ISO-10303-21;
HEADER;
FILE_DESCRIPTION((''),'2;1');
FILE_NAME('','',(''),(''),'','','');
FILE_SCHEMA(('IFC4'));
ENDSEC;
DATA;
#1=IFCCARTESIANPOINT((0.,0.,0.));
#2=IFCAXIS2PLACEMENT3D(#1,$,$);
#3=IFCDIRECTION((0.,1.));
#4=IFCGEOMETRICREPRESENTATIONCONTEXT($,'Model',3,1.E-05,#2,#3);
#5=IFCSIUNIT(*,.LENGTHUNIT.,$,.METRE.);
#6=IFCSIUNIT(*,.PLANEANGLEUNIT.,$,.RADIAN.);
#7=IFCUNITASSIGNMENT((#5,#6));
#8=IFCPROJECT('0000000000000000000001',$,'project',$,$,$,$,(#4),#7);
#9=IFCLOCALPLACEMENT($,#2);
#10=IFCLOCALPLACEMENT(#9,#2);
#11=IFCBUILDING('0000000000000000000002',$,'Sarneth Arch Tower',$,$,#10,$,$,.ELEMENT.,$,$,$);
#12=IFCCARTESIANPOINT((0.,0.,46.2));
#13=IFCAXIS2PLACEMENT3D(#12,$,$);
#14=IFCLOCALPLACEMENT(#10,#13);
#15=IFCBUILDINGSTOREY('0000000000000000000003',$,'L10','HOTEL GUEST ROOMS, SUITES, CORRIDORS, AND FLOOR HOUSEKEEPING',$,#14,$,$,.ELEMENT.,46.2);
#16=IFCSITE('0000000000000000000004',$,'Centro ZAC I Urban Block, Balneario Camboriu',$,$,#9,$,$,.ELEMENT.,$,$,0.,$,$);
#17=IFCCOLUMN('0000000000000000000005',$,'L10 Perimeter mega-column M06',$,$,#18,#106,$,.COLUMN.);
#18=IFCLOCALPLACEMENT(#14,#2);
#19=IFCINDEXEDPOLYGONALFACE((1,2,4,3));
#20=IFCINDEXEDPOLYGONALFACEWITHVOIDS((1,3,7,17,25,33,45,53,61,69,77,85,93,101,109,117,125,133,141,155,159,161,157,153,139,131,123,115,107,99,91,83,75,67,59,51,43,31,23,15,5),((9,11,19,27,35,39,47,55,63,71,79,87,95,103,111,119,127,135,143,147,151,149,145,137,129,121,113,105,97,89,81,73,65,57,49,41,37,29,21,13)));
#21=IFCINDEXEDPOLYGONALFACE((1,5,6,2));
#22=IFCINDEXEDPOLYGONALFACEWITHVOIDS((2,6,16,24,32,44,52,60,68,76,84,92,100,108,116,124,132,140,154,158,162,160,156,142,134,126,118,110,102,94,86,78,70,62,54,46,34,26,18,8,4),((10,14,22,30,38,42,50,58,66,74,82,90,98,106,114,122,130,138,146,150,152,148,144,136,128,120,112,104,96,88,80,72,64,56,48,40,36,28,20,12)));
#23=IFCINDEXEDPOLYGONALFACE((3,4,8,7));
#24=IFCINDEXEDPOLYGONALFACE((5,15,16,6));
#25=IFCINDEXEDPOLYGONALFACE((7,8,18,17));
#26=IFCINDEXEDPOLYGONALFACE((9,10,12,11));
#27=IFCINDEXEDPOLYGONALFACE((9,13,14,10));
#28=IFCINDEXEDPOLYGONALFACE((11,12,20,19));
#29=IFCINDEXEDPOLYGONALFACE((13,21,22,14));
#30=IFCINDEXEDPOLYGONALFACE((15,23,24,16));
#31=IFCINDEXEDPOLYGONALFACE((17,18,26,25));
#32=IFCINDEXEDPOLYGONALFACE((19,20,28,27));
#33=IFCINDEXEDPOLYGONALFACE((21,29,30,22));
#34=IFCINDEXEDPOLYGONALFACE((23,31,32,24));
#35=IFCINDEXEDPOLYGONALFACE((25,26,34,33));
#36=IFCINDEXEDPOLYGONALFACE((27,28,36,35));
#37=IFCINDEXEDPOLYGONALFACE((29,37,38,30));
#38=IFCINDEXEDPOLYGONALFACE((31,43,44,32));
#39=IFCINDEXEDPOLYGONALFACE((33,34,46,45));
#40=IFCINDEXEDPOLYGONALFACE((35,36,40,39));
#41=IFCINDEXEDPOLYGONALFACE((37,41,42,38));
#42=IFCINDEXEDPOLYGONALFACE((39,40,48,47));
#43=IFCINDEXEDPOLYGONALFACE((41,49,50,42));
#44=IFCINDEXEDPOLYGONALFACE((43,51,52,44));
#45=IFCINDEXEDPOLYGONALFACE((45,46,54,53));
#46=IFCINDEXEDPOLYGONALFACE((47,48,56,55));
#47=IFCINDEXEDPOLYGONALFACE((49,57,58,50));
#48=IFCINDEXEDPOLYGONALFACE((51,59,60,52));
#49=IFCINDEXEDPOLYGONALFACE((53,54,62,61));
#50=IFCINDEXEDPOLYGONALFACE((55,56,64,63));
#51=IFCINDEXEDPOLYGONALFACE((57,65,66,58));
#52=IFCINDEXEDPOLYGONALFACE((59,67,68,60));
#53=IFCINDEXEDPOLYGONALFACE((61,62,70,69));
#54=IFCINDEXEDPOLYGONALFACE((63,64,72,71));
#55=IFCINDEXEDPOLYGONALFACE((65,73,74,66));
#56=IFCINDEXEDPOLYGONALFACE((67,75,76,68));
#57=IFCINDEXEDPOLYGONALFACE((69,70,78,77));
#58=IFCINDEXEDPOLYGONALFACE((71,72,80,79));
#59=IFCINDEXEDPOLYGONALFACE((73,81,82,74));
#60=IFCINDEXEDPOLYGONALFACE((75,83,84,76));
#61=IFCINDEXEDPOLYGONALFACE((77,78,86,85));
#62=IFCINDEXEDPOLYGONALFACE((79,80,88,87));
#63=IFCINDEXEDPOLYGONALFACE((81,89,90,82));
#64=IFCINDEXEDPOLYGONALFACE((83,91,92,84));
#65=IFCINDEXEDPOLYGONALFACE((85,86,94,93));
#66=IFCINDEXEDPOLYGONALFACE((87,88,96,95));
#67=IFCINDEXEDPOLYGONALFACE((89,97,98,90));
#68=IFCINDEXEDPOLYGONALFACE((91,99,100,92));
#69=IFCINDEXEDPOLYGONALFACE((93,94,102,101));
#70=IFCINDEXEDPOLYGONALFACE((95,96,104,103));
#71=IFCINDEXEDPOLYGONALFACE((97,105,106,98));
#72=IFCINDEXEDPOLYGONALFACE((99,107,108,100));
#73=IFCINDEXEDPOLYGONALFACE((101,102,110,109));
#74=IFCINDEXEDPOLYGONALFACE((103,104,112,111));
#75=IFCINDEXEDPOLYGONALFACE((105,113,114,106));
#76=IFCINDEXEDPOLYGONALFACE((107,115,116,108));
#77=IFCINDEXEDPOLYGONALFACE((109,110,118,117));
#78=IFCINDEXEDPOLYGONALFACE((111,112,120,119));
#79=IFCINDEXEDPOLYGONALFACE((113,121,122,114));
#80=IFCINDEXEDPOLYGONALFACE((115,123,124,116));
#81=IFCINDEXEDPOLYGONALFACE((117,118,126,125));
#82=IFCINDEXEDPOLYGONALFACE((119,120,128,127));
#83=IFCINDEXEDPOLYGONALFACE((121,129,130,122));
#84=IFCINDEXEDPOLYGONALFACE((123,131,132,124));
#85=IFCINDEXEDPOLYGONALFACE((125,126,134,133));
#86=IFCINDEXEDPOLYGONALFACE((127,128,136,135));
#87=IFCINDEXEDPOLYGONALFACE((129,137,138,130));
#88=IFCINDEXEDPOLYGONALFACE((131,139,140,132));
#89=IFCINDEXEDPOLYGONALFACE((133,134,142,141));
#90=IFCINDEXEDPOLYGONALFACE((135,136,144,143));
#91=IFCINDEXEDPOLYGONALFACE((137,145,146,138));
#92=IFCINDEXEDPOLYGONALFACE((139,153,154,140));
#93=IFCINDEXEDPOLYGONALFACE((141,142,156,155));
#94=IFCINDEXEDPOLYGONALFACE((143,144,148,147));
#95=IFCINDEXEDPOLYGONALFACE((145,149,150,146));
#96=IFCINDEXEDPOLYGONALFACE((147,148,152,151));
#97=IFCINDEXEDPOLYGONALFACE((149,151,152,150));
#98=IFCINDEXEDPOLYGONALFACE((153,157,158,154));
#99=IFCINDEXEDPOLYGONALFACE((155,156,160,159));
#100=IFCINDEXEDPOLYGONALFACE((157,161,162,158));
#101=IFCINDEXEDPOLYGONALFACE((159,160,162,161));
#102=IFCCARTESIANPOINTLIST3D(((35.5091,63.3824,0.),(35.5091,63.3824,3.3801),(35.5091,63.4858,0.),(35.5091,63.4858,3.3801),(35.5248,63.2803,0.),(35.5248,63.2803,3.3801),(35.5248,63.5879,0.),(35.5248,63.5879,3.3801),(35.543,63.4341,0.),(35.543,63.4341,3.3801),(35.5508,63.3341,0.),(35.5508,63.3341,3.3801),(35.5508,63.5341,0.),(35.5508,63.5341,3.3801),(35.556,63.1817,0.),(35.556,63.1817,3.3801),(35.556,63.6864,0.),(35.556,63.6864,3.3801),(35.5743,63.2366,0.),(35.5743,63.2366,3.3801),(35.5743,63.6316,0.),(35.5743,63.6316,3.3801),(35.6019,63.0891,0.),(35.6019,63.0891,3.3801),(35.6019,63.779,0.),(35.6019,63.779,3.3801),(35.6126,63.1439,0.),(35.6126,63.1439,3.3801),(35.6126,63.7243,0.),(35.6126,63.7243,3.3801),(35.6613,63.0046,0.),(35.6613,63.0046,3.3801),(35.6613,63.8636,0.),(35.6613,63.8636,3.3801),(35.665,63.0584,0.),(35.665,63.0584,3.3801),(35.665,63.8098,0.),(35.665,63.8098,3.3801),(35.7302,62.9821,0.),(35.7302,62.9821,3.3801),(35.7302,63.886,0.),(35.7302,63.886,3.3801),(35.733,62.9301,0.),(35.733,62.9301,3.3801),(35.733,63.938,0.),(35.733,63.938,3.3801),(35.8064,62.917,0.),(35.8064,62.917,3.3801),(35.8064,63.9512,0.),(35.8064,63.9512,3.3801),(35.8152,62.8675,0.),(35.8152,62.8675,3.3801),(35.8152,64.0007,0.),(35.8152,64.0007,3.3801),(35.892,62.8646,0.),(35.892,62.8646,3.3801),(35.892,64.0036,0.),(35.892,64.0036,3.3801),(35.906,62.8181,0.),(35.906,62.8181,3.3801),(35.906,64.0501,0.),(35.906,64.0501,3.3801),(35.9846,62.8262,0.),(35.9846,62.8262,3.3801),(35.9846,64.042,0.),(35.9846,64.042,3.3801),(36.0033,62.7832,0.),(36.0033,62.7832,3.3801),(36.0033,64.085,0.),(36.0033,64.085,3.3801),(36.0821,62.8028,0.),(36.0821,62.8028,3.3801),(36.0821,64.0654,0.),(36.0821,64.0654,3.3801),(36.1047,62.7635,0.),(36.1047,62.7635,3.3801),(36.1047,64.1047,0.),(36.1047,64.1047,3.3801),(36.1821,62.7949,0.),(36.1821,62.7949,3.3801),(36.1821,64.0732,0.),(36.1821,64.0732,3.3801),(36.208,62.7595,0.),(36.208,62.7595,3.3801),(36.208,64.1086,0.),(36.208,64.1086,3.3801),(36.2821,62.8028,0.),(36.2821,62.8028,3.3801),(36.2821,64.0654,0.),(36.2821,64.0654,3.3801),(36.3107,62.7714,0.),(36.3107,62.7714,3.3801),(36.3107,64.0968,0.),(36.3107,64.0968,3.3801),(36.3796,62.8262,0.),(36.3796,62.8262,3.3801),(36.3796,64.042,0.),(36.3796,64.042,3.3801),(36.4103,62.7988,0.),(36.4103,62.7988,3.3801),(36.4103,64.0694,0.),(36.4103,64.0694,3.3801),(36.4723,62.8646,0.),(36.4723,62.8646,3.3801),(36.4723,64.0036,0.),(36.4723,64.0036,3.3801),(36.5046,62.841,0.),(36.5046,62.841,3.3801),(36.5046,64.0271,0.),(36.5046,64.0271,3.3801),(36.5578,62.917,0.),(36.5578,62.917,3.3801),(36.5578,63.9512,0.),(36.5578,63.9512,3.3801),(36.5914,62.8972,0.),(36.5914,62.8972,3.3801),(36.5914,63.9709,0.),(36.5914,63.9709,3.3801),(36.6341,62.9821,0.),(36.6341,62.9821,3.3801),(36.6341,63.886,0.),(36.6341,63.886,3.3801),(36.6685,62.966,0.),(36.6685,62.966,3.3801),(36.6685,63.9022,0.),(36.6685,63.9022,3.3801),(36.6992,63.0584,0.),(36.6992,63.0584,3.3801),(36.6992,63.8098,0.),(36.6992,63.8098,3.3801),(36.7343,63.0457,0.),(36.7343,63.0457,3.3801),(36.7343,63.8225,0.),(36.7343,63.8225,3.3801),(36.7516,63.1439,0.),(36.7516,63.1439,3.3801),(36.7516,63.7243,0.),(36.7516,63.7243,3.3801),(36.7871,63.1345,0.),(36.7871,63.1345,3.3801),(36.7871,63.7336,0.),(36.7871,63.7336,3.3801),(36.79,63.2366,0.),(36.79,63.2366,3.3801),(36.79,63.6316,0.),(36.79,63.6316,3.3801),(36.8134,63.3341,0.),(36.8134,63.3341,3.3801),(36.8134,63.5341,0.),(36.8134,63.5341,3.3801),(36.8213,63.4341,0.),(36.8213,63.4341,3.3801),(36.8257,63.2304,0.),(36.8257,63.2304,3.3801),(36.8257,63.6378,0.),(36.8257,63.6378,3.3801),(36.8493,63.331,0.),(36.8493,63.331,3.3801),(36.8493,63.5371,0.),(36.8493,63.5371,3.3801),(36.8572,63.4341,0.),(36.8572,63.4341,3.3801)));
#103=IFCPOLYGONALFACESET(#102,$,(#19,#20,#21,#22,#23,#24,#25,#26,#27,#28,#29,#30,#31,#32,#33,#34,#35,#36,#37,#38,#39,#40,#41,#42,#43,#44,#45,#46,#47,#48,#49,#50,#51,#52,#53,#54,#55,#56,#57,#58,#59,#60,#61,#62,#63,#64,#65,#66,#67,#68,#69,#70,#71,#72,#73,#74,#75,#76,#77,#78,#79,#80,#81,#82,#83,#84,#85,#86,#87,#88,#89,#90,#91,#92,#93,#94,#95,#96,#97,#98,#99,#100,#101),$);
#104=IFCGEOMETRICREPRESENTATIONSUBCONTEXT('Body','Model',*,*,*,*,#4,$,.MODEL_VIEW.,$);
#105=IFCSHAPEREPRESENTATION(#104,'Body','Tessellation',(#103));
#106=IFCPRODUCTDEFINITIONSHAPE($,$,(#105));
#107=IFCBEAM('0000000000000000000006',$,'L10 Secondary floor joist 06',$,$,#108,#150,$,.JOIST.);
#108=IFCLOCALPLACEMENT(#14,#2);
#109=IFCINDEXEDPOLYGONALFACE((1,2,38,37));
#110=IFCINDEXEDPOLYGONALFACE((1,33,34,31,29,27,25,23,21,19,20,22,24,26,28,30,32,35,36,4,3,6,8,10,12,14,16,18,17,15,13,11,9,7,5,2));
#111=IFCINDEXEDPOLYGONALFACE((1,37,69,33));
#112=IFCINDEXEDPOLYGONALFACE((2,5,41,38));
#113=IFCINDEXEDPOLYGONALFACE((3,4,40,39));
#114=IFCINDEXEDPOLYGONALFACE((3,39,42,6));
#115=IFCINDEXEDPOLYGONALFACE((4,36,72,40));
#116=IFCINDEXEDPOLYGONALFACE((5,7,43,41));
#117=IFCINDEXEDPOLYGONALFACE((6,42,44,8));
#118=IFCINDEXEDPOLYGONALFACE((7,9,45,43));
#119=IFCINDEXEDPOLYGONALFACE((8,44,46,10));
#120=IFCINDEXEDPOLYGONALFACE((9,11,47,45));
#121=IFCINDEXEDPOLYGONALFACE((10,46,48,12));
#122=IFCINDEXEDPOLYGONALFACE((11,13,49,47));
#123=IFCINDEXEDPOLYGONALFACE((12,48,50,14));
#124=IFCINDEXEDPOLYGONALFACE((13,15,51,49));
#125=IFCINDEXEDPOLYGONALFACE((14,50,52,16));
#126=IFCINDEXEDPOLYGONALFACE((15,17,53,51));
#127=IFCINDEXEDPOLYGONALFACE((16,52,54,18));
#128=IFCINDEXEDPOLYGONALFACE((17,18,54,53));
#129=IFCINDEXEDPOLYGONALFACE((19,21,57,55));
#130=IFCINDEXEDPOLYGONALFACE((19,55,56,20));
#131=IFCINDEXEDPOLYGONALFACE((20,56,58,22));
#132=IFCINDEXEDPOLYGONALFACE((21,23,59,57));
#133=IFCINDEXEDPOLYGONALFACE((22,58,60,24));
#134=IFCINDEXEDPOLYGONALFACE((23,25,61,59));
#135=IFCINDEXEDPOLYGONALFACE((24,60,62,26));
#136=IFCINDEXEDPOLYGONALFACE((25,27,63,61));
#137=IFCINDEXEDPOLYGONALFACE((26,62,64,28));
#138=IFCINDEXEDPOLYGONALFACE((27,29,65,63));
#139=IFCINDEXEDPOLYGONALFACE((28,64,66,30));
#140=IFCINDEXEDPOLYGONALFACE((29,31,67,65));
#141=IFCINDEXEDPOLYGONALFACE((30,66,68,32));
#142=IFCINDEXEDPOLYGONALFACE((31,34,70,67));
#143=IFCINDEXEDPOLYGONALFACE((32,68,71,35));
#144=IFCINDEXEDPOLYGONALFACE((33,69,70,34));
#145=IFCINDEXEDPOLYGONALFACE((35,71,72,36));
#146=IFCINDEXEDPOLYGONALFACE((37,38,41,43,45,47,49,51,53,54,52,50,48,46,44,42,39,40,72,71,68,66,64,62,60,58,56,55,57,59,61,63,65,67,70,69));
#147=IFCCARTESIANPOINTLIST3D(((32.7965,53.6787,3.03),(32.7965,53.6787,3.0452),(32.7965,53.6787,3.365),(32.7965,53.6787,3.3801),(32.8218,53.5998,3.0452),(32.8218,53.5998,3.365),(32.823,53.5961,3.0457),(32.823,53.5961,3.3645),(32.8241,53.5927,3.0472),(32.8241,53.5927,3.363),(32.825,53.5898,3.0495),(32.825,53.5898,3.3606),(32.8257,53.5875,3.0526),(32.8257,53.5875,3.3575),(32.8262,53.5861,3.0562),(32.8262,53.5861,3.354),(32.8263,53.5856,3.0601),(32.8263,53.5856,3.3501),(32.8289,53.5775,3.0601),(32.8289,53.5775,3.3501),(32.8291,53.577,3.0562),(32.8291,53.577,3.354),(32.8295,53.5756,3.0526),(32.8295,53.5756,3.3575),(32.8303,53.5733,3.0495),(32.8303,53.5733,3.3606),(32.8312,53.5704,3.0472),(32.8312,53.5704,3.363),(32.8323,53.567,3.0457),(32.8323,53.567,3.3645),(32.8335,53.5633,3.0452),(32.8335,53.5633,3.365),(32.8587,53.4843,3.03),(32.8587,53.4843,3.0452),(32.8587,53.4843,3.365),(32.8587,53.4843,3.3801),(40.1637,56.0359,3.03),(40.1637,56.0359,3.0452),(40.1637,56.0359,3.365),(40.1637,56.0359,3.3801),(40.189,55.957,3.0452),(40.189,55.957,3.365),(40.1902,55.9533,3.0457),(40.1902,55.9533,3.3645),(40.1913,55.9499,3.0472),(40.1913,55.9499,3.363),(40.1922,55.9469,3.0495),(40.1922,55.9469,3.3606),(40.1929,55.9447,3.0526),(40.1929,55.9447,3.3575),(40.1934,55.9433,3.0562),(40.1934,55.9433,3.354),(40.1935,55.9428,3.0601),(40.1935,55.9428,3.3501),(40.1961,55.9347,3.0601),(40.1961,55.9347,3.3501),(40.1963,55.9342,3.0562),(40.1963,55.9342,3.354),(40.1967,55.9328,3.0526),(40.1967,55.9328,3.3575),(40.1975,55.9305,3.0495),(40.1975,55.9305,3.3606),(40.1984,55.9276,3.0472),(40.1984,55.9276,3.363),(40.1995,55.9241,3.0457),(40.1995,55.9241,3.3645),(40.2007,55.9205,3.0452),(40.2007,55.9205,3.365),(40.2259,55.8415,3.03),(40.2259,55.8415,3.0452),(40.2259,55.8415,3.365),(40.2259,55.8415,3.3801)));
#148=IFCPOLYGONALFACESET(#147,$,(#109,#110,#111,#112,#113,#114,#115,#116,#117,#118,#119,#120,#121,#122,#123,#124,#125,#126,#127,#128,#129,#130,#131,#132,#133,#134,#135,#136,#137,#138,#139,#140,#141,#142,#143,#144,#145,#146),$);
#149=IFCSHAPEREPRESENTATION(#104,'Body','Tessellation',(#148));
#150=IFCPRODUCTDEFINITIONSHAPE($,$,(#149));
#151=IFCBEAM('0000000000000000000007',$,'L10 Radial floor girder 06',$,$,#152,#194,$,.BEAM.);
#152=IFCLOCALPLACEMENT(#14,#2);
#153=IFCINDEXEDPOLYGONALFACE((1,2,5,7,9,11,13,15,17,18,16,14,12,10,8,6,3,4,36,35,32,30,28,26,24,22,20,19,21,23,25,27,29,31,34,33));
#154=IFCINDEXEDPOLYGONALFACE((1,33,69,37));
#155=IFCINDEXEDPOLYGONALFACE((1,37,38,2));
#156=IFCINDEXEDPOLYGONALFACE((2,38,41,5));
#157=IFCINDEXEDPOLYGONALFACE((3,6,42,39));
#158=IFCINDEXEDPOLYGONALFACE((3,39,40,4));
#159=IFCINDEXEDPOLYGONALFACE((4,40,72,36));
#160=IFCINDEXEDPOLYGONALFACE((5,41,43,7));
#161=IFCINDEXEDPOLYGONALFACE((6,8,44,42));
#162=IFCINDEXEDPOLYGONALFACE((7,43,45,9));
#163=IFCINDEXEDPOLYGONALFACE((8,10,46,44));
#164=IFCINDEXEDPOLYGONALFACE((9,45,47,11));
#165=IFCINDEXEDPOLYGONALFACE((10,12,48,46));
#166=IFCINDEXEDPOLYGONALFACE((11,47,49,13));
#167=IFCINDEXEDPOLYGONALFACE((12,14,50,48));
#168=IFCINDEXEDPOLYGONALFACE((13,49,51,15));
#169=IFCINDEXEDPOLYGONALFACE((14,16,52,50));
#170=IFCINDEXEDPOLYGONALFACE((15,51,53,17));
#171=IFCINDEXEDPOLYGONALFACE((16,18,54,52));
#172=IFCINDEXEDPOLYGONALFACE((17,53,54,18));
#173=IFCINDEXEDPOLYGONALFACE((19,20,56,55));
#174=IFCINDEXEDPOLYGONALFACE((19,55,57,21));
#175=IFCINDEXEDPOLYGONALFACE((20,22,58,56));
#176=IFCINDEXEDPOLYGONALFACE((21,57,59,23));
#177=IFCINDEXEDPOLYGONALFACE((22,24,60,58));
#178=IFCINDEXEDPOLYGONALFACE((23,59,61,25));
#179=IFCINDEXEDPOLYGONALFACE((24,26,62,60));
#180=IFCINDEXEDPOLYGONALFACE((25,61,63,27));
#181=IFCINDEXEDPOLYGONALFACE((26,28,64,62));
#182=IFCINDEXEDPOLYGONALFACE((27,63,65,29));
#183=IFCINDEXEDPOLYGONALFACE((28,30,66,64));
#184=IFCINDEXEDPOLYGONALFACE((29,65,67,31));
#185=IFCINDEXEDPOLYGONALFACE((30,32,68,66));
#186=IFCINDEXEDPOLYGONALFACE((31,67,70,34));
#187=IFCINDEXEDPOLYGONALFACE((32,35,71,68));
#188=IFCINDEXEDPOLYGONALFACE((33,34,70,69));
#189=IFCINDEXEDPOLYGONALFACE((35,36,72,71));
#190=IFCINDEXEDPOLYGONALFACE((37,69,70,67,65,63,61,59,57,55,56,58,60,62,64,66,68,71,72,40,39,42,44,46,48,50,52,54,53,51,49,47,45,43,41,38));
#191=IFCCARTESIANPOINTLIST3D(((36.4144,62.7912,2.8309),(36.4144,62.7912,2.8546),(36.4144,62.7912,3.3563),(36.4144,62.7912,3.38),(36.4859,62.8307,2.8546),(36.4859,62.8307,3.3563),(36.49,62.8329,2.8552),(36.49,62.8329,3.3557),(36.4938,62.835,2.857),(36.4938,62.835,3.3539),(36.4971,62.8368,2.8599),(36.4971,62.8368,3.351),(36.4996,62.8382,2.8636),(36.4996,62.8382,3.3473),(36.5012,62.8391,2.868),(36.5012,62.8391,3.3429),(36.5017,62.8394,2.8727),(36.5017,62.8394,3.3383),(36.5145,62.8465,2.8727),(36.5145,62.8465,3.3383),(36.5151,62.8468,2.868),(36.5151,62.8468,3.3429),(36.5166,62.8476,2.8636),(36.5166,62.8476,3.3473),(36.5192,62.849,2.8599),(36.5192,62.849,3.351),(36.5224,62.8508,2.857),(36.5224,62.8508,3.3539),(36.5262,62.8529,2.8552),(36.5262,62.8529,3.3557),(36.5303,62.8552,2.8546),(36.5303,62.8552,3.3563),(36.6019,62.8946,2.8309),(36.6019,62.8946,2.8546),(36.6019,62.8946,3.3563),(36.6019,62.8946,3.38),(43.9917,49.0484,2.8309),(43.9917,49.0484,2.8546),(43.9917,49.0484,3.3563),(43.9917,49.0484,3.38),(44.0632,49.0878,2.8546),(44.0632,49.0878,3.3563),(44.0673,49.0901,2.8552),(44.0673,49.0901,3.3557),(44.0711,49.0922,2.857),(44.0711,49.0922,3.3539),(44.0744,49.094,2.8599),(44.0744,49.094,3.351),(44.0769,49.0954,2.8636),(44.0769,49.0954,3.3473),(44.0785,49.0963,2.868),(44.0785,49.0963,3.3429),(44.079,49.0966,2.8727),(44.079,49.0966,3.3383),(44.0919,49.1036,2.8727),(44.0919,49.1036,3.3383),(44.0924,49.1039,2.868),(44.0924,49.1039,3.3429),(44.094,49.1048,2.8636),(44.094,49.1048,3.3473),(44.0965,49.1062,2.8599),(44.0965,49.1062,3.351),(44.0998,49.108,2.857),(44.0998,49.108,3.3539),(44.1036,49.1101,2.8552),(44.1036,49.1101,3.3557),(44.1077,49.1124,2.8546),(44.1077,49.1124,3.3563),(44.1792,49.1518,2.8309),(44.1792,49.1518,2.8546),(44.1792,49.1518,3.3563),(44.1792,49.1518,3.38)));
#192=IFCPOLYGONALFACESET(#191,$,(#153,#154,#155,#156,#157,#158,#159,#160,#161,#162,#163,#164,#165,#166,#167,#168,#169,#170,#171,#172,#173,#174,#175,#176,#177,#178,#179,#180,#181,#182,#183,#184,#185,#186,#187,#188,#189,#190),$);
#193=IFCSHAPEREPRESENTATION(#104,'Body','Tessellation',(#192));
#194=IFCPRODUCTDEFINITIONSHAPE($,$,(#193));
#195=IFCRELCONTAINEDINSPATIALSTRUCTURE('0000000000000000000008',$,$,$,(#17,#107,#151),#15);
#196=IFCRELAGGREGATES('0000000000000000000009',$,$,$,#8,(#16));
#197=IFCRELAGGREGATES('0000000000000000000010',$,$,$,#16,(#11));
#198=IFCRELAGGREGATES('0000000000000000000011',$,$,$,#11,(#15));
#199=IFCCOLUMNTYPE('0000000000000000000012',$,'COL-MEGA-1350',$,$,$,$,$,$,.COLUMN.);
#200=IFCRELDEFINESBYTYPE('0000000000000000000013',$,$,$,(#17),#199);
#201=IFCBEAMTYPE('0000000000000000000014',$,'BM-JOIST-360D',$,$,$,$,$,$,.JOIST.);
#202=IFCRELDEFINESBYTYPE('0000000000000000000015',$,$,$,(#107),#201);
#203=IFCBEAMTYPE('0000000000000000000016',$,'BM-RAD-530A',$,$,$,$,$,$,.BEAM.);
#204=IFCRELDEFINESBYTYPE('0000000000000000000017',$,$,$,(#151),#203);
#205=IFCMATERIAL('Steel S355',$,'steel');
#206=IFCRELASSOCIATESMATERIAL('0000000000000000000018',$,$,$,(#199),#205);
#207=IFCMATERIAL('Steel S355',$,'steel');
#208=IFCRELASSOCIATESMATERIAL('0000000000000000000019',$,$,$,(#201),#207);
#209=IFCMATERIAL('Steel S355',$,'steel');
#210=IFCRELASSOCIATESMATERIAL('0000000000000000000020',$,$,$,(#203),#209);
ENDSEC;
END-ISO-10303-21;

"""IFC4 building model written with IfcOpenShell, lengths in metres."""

from ifc_helpers import new_model, si_unit, direction, frame, origin, origin_2d, place, context, subcontext, project, spatial, hollow_circle, i_section, extrude, material, material_profile, profile_set, type_object, element, save


model = new_model("IFC4")

# Units and contexts
model_context = context("Model", 3, precision=1e-05, world=origin(), true_north=direction((0.0, 1.0)))
body_context = subcontext(model_context, "Body", "Model", "MODEL_VIEW")
ifc_project = project(units=[si_unit("LENGTHUNIT", "METRE"), si_unit("PLANEANGLEUNIT", "RADIAN")], contexts=[model_context])

# Site, building, storey
site_placement = place(None, origin())
site = spatial("IfcSite", under=ifc_project, at=site_placement, Name="Centro ZAC I Urban Block, Balneario Camboriu", CompositionType="ELEMENT", RefElevation=0.0)
building_placement = place(site_placement, origin())
building = spatial("IfcBuilding", under=site, at=building_placement, Name="Sarneth Arch Tower", CompositionType="ELEMENT")
storey_placement = place(building_placement, frame((0.0, 0.0, 46.2)))
storey = spatial("IfcBuildingStorey", under=building, at=storey_placement, Name="L10", Description="HOTEL GUEST ROOMS, SUITES, CORRIDORS, AND FLOOR HOUSEKEEPING", CompositionType="ELEMENT", Elevation=46.2)

# Column
ifc_material_1 = material(Name="Steel S355", Category="steel")
ifc_material_profile_1 = material_profile(ifc_material_1, hollow_circle(Radius=0.675, WallThickness=0.0359, at=origin_2d()), Name="CHS1350x36")
ifc_profile_set_1 = profile_set([ifc_material_profile_1], Name="Steel S355")
column_type = type_object("IfcColumnType", Name="COL-MEGA-1350", PredefinedType="COLUMN", material=ifc_profile_set_1)
column_placement = place(storey_placement, frame((36.1821, 63.4341, 0.0), z_axis=(0.0, 0.0, 1.0), x_axis=(1.0, 0.0, 0.0)))
element("IfcColumn", 1, at=column_placement, inside=storey, type_object=column_type, Name="L10 Perimeter mega-column M06", PredefinedType="COLUMN", context=body_context, shape_type="SweptSolid", body=[
    extrude(hollow_circle(Radius=0.675, WallThickness=0.0359, at=origin_2d()), origin(), (0.0, 0.0, 1.0), 3.3801),
])

# Beams
ifc_material_2 = material(Name="Steel S355", Category="steel")
ifc_material_profile_2 = material_profile(ifc_material_2, i_section(OverallWidth=0.2041, OverallDepth=0.3501, WebThickness=0.0085, FlangeThickness=0.0151, FilletRadius=0.0149, at=origin_2d()), Name="W360x72")
ifc_profile_set_2 = profile_set([ifc_material_profile_2], Name="Steel S355")
beam_type_1 = type_object("IfcBeamType", Name="BM-JOIST-360D", PredefinedType="JOIST", material=ifc_profile_set_2)
beam_1_placement = place(storey_placement, frame((40.1948, 55.9387, 3.2051), z_axis=(-0.952436, -0.304738, 0.0), x_axis=(0.304738, -0.952436, 0.0)))
element("IfcBeam", 2, at=beam_1_placement, inside=storey, type_object=beam_type_1, Name="L10 Secondary floor joist 06", PredefinedType="JOIST", context=body_context, shape_type="SweptSolid", body=[
    extrude(i_section(OverallWidth=0.2041, OverallDepth=0.3501, WebThickness=0.0085, FlangeThickness=0.0151, FilletRadius=0.0149, at=origin_2d()), origin(), (0.0, 0.0, 1.0), 7.7351),
])
ifc_material_3 = material(Name="Steel S355", Category="steel")
ifc_material_profile_3 = material_profile(ifc_material_3, i_section(OverallWidth=0.2141, OverallDepth=0.5491, WebThickness=0.0146, FlangeThickness=0.0237, FilletRadius=0.0181, at=origin_2d()), Name="W530x138")
ifc_profile_set_3 = profile_set([ifc_material_profile_3], Name="Steel S355")
beam_type_2 = type_object("IfcBeamType", Name="BM-RAD-530A", PredefinedType="BEAM", material=ifc_profile_set_3)
beam_2_placement = place(storey_placement, frame((44.0854, 49.1001, 3.1055), z_axis=(-0.482838, 0.87571, 0.0), x_axis=(-0.87571, -0.482838, 0.0)))
element("IfcBeam", 3, at=beam_2_placement, inside=storey, type_object=beam_type_2, Name="L10 Radial floor girder 06", PredefinedType="BEAM", context=body_context, shape_type="SweptSolid", body=[
    extrude(i_section(OverallWidth=0.2141, OverallDepth=0.5491, WebThickness=0.0146, FlangeThickness=0.0237, FilletRadius=0.0181, at=origin_2d()), origin(), (0.0, 0.0, 1.0), 15.6934),
])

save(model, "model.ifc")
